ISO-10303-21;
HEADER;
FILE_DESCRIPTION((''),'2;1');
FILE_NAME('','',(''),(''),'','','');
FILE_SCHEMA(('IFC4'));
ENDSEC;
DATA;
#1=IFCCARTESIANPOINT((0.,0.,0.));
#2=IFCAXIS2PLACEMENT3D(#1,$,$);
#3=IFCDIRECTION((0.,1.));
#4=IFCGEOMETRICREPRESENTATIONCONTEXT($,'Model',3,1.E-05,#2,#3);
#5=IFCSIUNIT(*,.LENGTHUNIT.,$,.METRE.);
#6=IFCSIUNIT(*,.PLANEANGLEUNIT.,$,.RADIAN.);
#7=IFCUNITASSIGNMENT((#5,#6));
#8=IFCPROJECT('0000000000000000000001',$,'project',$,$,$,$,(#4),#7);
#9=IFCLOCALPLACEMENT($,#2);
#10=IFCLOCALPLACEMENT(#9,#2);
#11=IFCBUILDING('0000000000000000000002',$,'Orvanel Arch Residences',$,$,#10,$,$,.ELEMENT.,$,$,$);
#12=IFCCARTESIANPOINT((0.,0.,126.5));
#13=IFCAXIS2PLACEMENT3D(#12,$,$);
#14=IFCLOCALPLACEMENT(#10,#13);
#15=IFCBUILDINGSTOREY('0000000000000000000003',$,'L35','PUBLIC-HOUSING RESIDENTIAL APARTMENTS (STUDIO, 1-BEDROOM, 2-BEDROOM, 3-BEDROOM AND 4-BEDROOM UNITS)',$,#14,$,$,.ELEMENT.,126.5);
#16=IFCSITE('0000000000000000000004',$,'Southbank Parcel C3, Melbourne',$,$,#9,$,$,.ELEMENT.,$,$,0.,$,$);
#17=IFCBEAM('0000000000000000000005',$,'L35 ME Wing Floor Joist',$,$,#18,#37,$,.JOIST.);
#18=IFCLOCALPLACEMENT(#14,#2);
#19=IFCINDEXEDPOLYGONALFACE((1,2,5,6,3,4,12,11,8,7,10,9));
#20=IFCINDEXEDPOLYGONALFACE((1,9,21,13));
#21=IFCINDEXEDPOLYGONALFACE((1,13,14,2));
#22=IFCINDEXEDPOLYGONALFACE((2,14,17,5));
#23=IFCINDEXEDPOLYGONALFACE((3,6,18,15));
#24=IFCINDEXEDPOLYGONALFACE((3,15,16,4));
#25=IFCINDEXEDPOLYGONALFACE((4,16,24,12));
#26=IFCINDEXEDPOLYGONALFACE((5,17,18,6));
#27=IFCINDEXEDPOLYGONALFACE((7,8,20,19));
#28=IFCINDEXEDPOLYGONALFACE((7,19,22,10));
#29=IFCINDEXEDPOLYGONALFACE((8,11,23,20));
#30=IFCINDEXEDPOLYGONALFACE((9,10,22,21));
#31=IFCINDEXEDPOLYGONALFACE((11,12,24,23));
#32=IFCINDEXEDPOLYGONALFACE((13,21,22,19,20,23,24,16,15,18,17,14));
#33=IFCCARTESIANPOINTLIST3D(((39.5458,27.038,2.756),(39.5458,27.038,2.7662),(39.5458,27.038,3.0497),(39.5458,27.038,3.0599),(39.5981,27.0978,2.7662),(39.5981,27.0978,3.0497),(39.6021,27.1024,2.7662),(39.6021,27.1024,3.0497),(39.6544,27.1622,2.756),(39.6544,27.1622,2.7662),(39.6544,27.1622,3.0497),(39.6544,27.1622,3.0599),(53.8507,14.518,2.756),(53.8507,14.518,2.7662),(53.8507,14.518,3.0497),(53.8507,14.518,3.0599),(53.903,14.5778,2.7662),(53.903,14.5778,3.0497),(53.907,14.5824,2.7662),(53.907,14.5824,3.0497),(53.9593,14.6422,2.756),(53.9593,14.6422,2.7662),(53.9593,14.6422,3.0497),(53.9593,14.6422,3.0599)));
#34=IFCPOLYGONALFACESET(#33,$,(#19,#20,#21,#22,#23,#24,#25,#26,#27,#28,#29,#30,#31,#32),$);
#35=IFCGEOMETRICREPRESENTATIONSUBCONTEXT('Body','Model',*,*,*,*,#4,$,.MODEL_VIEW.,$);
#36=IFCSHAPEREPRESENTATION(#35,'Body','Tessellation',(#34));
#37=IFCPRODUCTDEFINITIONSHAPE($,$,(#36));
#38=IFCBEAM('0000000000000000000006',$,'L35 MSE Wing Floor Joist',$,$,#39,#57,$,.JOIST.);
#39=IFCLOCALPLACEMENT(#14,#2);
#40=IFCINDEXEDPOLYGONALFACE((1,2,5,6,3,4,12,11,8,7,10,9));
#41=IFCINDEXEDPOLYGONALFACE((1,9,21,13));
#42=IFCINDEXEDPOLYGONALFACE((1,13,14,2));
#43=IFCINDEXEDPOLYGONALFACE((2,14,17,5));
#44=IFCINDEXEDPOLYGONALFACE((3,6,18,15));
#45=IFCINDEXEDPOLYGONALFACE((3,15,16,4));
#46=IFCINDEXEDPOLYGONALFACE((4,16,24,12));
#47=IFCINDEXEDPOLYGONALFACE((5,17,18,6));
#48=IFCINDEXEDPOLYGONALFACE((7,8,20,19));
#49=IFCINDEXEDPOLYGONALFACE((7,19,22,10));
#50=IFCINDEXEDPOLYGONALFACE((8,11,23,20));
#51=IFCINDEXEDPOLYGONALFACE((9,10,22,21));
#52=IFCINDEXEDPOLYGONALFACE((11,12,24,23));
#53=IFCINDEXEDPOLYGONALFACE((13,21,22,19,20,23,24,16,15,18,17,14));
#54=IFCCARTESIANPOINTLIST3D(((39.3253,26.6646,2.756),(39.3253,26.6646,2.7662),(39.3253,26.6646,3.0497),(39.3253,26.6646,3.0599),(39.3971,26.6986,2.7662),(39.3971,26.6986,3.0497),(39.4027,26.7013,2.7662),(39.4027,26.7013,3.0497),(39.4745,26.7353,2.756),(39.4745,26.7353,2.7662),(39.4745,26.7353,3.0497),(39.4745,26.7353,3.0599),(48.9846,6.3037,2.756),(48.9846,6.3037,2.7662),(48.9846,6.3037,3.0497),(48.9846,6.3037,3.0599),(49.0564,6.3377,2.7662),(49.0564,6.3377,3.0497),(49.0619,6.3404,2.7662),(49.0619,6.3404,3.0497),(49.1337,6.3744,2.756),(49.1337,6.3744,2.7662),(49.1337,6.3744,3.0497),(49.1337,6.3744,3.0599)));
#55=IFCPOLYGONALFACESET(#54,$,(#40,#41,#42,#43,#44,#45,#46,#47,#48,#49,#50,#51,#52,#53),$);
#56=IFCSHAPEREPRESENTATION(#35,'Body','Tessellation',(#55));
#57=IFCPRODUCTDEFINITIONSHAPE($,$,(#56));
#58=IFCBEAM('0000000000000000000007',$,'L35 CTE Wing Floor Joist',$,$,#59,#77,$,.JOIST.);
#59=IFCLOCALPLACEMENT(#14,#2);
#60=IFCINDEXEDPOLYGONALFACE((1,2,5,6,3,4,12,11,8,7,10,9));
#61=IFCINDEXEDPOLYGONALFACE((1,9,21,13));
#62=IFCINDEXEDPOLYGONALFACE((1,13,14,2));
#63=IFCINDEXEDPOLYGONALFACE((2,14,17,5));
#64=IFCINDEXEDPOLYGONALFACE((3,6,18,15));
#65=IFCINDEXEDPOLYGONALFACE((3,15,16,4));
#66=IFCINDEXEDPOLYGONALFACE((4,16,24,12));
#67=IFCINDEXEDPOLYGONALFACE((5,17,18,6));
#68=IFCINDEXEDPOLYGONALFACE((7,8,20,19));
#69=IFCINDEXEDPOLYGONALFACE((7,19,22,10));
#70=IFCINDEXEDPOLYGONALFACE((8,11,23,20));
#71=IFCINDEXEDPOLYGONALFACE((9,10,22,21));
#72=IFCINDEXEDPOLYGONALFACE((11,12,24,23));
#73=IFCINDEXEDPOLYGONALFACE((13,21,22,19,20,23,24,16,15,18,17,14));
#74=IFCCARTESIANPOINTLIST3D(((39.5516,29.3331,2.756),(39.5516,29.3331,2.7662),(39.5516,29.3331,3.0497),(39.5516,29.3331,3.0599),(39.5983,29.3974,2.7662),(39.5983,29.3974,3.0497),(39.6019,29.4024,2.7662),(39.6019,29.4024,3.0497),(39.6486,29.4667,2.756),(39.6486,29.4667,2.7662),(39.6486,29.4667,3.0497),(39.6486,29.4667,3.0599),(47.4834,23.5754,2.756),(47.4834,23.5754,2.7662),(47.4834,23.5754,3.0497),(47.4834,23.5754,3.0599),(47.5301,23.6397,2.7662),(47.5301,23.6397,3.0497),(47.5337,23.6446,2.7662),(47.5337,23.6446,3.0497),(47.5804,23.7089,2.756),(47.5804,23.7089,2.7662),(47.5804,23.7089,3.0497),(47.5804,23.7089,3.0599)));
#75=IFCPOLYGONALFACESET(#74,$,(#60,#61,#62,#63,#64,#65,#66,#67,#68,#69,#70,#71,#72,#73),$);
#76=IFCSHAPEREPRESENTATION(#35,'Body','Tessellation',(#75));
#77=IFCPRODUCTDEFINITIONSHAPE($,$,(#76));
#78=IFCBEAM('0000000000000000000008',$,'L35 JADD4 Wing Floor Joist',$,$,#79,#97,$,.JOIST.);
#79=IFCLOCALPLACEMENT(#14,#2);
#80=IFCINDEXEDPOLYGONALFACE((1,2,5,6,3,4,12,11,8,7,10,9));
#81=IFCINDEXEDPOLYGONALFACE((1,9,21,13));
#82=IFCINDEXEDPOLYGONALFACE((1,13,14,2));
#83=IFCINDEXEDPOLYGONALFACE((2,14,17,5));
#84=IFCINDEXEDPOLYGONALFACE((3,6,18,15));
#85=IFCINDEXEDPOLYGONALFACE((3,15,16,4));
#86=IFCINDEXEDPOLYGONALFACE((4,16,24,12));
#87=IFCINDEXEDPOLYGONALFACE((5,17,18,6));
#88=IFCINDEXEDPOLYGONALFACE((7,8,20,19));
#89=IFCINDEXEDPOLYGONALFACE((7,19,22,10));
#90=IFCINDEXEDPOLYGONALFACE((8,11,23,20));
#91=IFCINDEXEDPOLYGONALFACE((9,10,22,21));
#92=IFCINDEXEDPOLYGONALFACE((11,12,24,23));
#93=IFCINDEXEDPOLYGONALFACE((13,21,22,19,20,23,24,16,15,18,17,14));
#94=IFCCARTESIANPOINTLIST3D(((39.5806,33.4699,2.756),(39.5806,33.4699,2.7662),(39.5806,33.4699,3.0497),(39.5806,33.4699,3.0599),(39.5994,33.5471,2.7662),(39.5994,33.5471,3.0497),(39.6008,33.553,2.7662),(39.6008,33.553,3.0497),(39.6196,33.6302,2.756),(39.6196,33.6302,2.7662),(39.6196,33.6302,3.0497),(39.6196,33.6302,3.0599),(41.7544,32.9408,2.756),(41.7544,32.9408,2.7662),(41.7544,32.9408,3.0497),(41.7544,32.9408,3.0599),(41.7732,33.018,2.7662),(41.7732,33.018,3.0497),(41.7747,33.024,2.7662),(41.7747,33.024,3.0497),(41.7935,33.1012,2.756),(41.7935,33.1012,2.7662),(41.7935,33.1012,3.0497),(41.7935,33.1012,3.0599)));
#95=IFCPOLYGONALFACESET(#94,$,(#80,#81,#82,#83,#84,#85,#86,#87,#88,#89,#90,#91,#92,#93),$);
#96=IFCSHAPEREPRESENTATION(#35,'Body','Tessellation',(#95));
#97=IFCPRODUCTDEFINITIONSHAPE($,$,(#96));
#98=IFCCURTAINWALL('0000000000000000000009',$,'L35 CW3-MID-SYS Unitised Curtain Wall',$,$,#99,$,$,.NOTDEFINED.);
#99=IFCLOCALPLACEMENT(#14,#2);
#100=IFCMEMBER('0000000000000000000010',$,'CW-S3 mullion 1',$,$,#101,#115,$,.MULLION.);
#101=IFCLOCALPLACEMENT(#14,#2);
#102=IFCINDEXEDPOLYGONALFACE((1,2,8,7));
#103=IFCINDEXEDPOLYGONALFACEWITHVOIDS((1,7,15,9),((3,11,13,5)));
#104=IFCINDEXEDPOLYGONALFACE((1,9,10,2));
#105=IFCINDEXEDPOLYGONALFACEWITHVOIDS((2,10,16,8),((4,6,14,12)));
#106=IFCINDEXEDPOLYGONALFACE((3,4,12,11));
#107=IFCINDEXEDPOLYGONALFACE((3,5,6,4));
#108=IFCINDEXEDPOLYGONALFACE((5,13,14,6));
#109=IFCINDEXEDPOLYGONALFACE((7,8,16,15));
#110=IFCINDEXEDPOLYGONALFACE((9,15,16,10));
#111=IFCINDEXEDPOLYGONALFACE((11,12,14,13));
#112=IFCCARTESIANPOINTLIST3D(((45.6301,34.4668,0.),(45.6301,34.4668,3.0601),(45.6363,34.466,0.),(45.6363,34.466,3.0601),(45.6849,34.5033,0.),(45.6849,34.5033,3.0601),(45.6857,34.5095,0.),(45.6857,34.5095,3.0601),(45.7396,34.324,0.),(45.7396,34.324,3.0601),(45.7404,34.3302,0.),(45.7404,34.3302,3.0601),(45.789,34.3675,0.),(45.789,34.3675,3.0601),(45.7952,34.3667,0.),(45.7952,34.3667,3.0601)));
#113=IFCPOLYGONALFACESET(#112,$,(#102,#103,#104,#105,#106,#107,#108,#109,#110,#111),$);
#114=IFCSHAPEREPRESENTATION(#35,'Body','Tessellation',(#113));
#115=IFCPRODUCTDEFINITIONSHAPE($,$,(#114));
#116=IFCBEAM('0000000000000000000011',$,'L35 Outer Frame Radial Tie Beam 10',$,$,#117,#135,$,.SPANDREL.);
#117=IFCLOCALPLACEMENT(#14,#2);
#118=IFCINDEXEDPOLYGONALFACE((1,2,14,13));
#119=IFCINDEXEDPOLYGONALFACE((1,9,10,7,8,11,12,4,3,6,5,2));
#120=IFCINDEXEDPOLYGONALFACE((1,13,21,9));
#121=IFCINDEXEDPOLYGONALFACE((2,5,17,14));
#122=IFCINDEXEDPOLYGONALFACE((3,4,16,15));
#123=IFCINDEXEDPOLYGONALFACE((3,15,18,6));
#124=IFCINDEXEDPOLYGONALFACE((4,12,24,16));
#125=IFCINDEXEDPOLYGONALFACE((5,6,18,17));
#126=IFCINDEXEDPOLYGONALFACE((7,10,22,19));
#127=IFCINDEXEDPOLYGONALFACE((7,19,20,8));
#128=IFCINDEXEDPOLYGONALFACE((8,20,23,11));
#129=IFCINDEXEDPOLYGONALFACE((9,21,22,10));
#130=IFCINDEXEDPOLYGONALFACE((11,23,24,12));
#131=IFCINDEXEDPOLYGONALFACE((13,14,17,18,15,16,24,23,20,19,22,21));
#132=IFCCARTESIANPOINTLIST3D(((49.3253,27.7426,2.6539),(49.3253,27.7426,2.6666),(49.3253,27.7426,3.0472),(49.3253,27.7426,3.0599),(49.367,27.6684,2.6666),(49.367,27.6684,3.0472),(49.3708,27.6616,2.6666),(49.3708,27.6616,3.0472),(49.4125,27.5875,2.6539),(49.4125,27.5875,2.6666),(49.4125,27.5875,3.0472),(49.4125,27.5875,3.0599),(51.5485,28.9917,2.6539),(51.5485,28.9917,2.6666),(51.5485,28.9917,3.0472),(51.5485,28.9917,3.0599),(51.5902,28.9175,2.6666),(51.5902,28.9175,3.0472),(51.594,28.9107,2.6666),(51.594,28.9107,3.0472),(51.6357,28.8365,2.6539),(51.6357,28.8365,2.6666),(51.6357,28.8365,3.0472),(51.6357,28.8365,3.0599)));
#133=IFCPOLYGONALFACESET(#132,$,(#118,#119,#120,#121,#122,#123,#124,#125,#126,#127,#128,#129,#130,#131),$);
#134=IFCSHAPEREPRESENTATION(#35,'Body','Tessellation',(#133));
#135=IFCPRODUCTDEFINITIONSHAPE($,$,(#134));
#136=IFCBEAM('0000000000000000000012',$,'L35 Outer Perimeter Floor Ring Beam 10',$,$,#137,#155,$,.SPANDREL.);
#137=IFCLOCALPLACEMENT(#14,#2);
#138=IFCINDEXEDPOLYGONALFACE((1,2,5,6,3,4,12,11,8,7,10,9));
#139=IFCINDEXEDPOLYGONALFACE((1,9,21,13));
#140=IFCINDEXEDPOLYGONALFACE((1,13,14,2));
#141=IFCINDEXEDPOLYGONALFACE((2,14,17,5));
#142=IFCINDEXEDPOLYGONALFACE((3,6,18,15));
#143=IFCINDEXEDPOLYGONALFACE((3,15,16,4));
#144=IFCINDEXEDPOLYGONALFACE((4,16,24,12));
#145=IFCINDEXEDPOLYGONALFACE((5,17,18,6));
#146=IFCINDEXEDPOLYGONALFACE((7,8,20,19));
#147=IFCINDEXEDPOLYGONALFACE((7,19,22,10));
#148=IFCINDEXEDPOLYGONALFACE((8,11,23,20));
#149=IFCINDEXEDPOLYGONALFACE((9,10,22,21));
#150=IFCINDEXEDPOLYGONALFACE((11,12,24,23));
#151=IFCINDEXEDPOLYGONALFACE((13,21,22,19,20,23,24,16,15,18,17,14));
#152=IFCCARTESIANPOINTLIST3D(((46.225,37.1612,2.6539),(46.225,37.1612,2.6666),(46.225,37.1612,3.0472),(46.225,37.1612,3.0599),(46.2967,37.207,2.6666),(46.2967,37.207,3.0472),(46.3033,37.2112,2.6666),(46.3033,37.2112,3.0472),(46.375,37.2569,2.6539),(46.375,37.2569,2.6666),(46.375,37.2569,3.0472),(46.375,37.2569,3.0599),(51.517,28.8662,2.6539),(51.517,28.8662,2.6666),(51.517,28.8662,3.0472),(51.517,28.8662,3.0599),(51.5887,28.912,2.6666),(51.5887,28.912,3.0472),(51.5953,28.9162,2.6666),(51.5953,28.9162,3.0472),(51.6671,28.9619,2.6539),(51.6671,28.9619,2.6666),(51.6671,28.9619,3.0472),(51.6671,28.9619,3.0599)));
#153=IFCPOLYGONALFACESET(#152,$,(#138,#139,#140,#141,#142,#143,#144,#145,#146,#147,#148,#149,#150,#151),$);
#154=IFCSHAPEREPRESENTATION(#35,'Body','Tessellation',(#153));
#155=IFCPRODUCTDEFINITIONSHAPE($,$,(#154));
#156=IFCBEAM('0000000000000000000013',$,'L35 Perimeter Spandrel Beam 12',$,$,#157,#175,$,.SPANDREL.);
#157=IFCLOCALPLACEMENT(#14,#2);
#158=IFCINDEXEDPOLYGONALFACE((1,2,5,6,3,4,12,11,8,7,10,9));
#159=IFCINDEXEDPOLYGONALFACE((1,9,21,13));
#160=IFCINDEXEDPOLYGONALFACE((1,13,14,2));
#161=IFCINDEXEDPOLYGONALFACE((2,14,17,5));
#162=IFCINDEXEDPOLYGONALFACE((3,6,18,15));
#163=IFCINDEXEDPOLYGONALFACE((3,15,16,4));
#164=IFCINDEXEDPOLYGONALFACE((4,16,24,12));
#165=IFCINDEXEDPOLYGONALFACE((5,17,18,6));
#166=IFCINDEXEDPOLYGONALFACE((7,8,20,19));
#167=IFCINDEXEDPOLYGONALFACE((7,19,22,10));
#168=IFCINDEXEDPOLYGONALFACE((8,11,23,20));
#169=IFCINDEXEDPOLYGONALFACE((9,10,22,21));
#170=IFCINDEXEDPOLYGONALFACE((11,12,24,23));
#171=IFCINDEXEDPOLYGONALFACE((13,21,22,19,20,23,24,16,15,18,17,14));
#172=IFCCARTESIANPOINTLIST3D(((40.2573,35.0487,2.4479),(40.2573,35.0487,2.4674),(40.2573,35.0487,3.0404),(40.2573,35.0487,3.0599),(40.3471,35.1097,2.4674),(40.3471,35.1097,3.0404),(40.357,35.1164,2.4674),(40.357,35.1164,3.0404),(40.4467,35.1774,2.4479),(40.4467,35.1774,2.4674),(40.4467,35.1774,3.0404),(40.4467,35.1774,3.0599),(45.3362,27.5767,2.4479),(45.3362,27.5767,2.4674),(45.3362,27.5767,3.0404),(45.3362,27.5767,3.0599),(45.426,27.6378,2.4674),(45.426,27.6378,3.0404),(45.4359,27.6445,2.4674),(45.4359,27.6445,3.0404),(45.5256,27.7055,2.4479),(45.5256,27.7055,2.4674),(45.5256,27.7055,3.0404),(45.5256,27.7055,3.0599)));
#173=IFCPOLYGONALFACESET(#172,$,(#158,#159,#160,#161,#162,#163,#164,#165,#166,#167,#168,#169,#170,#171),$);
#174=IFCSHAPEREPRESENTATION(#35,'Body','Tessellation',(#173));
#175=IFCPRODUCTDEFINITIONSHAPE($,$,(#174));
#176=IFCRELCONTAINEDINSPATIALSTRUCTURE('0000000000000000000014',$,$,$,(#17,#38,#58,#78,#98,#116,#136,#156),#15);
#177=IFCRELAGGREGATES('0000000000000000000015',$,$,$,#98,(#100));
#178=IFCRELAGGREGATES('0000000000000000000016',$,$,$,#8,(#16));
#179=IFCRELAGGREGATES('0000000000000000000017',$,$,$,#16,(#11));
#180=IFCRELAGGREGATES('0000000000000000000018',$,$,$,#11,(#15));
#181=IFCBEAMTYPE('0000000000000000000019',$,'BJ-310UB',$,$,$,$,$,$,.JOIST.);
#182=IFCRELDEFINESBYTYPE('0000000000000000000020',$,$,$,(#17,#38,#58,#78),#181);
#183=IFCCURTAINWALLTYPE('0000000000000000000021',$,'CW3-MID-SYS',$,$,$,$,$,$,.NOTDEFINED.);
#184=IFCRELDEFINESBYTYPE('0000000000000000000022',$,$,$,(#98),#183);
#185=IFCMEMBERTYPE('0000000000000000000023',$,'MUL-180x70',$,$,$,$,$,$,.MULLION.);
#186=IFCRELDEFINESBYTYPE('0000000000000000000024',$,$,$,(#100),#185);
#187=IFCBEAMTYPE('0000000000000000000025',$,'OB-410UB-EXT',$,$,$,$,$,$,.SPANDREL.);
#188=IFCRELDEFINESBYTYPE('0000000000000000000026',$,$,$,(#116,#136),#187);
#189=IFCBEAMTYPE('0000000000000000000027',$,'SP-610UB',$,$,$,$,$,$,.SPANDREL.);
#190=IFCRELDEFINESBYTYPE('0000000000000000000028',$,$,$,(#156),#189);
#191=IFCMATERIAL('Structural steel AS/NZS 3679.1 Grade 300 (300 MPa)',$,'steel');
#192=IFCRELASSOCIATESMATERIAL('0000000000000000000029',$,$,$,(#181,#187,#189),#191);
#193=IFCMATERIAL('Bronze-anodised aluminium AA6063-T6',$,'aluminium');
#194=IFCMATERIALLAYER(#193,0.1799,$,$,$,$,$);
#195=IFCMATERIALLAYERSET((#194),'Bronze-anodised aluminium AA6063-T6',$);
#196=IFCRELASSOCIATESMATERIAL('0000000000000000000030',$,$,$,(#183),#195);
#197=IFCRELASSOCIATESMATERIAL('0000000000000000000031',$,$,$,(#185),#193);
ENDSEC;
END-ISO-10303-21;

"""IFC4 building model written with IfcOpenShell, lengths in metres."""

from ifc_helpers import new_model, si_unit, direction, frame, origin, origin_2d, place, context, subcontext, project, spatial, hollow_rectangle, i_section, extrude, material, layer, layer_set, material_profile, profile_set, type_object, element, aggregate, save


model = new_model("IFC4")

# Units and contexts
model_context = context("Model", 3, precision=1e-05, world=origin(), true_north=direction((0.0, 1.0)))
body_context = subcontext(model_context, "Body", "Model", "MODEL_VIEW")
ifc_project = project(units=[si_unit("LENGTHUNIT", "METRE"), si_unit("PLANEANGLEUNIT", "RADIAN")], contexts=[model_context])

# Site, building, storey
site_placement = place(None, origin())
site = spatial("IfcSite", under=ifc_project, at=site_placement, Name="Southbank Parcel C3, Melbourne", CompositionType="ELEMENT", RefElevation=0.0)
building_placement = place(site_placement, origin())
building = spatial("IfcBuilding", under=site, at=building_placement, Name="Orvanel Arch Residences", CompositionType="ELEMENT")
storey_placement = place(building_placement, frame((0.0, 0.0, 126.5)))
storey = spatial("IfcBuildingStorey", under=building, at=storey_placement, Name="L35", Description="PUBLIC-HOUSING RESIDENTIAL APARTMENTS (STUDIO, 1-BEDROOM, 2-BEDROOM, 3-BEDROOM AND 4-BEDROOM UNITS)", CompositionType="ELEMENT", Elevation=126.5)

# Beams
ifc_material_1 = material(Name="Structural steel AS/NZS 3679.1 Grade 300 (300 MPa)", Category="steel")
ifc_material_profile_1 = material_profile(ifc_material_1, i_section(OverallWidth=0.165, OverallDepth=0.304, WebThickness=0.0061, FlangeThickness=0.0103, at=origin_2d()), Name="310UB40.4")
ifc_profile_set_1 = profile_set([ifc_material_profile_1], Name="Structural steel AS/NZS 3679.1 Grade 300 (300 MPa)")
beam_type_1 = type_object("IfcBeamType", Name="BJ-310UB", PredefinedType="JOIST", material=ifc_profile_set_1)
beam_1_placement = place(storey_placement, frame((39.6001, 27.1001, 2.908), z_axis=(0.752493, -0.6586, 0.0), x_axis=(0.6586, 0.752493, 0.0)))
element("IfcBeam", 1, at=beam_1_placement, inside=storey, type_object=beam_type_1, Name="L35 ME Wing Floor Joist", PredefinedType="JOIST", context=body_context, shape_type="SweptSolid", body=[
    extrude(i_section(OverallWidth=0.165, OverallDepth=0.304, WebThickness=0.0061, FlangeThickness=0.0103, at=origin_2d()), origin(), (0.0, 0.0, 1.0), 19.01),
])
beam_2_placement = place(storey_placement, frame((39.3999, 26.7, 2.908), z_axis=(0.428614, -0.903488, 0.0), x_axis=(0.903488, 0.428614, 0.0)))
element("IfcBeam", 2, at=beam_2_placement, inside=storey, type_object=beam_type_1, Name="L35 MSE Wing Floor Joist", PredefinedType="JOIST", context=body_context, shape_type="SweptSolid", body=[
    extrude(i_section(OverallWidth=0.165, OverallDepth=0.304, WebThickness=0.0061, FlangeThickness=0.0103, at=origin_2d()), origin(), (0.0, 0.0, 1.0), 22.5359),
])
beam_3_placement = place(storey_placement, frame((39.6001, 29.3999, 2.908), z_axis=(0.809261, -0.587449, 0.0), x_axis=(0.587449, 0.809261, 0.0)))
element("IfcBeam", 3, at=beam_3_placement, inside=storey, type_object=beam_type_1, Name="L35 CTE Wing Floor Joist", PredefinedType="JOIST", context=body_context, shape_type="SweptSolid", body=[
    extrude(i_section(OverallWidth=0.165, OverallDepth=0.304, WebThickness=0.0061, FlangeThickness=0.0103, at=origin_2d()), origin(), (0.0, 0.0, 1.0), 9.8013),
])
beam_4_placement = place(storey_placement, frame((39.6001, 33.55, 2.908), z_axis=(0.971638, -0.236471, 0.0), x_axis=(0.236471, 0.971638, 0.0)))
element("IfcBeam", 4, at=beam_4_placement, inside=storey, type_object=beam_type_1, Name="L35 JADD4 Wing Floor Joist", PredefinedType="JOIST", context=body_context, shape_type="SweptSolid", body=[
    extrude(i_section(OverallWidth=0.165, OverallDepth=0.304, WebThickness=0.0061, FlangeThickness=0.0103, at=origin_2d()), origin(), (0.0, 0.0, 1.0), 2.2373),
])

# Curtain wall, member
ifc_material_2 = material(Name="Bronze-anodised aluminium AA6063-T6", Category="aluminium")
ifc_layer_1 = layer(ifc_material_2, 0.1799)
ifc_layer_set_1 = layer_set([ifc_layer_1], Name="Bronze-anodised aluminium AA6063-T6")
curtain_wall_type = type_object("IfcCurtainWallType", Name="CW3-MID-SYS", PredefinedType="NOTDEFINED", material=ifc_layer_set_1)
curtain_wall_placement = place(storey_placement, origin())
curtain_wall = element("IfcCurtainWall", 5, at=curtain_wall_placement, inside=storey, type_object=curtain_wall_type, Name="L35 CW3-MID-SYS Unitised Curtain Wall", PredefinedType="NOTDEFINED")
ifc_material_profile_2 = material_profile(ifc_material_2, hollow_rectangle(XDim=0.0701, YDim=0.1799, WallThickness=0.0044, at=origin_2d()), Name="ALU180x70x4.5")
ifc_profile_set_2 = profile_set([ifc_material_profile_2], Name="Bronze-anodised aluminium AA6063-T6")
member_type_1 = type_object("IfcMemberType", Name="MUL-180x70", PredefinedType="MULLION", material=ifc_profile_set_2)
member_1_placement = place(storey_placement, frame((45.7126, 34.4167, 0.0), z_axis=(0.0, 0.0, 1.0), x_axis=(-0.793686, -0.608328, 0.0)))
member_1 = element("IfcMember", 6, at=member_1_placement, type_object=member_type_1, Name="CW-S3 mullion 1", PredefinedType="MULLION", context=body_context, shape_type="SweptSolid", body=[
    extrude(hollow_rectangle(XDim=0.0701, YDim=0.1799, WallThickness=0.0044, at=origin_2d()), origin(), (0.0, 0.0, 1.0), 3.0601),
])

# Beams
ifc_material_profile_3 = material_profile(ifc_material_1, i_section(OverallWidth=0.178, OverallDepth=0.406, WebThickness=0.0078, FlangeThickness=0.0127, at=origin_2d()), Name="410UB59.7")
ifc_profile_set_3 = profile_set([ifc_material_profile_3], Name="Structural steel AS/NZS 3679.1 Grade 300 (300 MPa)")
beam_type_2 = type_object("IfcBeamType", Name="OB-410UB-EXT", PredefinedType="SPANDREL", material=ifc_profile_set_3)
beam_5_placement = place(storey_placement, frame((49.3689, 27.665, 2.8569), z_axis=(0.871826, 0.489816, 0.0), x_axis=(-0.489816, 0.871826, 0.0)))
element("IfcBeam", 7, at=beam_5_placement, inside=storey, type_object=beam_type_2, Name="L35 Outer Frame Radial Tie Beam 10", PredefinedType="SPANDREL", context=body_context, shape_type="SweptSolid", body=[
    extrude(i_section(OverallWidth=0.178, OverallDepth=0.406, WebThickness=0.0078, FlangeThickness=0.0127, at=origin_2d()), origin(), (0.0, 0.0, 1.0), 2.55),
])
beam_6_placement = place(storey_placement, frame((51.592, 28.9141, 2.8569), z_axis=(-0.537845, 0.843044, 0.0), x_axis=(-0.843044, -0.537845, 0.0)))
element("IfcBeam", 8, at=beam_6_placement, inside=storey, type_object=beam_type_2, Name="L35 Outer Perimeter Floor Ring Beam 10", PredefinedType="SPANDREL", context=body_context, shape_type="SweptSolid", body=[
    extrude(i_section(OverallWidth=0.178, OverallDepth=0.406, WebThickness=0.0078, FlangeThickness=0.0127, at=origin_2d()), origin(), (0.0, 0.0, 1.0), 9.8394),
])
ifc_material_profile_4 = material_profile(ifc_material_1, i_section(OverallWidth=0.229, OverallDepth=0.6121, WebThickness=0.012, FlangeThickness=0.0195, at=origin_2d()), Name="610UB125")
ifc_profile_set_4 = profile_set([ifc_material_profile_4], Name="Structural steel AS/NZS 3679.1 Grade 300 (300 MPa)")
beam_type_3 = type_object("IfcBeamType", Name="SP-610UB", PredefinedType="SPANDREL", material=ifc_profile_set_4)
beam_7_placement = place(storey_placement, frame((45.4309, 27.6411, 2.7539), z_axis=(-0.562155, 0.827032, 0.0), x_axis=(-0.827032, -0.562155, 0.0)))
element("IfcBeam", 9, at=beam_7_placement, inside=storey, type_object=beam_type_3, Name="L35 Perimeter Spandrel Beam 12", PredefinedType="SPANDREL", context=body_context, shape_type="SweptSolid", body=[
    extrude(i_section(OverallWidth=0.229, OverallDepth=0.6121, WebThickness=0.012, FlangeThickness=0.0195, at=origin_2d()), origin(), (0.0, 0.0, 1.0), 9.0347),
])

aggregate(curtain_wall, [member_1])

save(model, "model.ifc")
